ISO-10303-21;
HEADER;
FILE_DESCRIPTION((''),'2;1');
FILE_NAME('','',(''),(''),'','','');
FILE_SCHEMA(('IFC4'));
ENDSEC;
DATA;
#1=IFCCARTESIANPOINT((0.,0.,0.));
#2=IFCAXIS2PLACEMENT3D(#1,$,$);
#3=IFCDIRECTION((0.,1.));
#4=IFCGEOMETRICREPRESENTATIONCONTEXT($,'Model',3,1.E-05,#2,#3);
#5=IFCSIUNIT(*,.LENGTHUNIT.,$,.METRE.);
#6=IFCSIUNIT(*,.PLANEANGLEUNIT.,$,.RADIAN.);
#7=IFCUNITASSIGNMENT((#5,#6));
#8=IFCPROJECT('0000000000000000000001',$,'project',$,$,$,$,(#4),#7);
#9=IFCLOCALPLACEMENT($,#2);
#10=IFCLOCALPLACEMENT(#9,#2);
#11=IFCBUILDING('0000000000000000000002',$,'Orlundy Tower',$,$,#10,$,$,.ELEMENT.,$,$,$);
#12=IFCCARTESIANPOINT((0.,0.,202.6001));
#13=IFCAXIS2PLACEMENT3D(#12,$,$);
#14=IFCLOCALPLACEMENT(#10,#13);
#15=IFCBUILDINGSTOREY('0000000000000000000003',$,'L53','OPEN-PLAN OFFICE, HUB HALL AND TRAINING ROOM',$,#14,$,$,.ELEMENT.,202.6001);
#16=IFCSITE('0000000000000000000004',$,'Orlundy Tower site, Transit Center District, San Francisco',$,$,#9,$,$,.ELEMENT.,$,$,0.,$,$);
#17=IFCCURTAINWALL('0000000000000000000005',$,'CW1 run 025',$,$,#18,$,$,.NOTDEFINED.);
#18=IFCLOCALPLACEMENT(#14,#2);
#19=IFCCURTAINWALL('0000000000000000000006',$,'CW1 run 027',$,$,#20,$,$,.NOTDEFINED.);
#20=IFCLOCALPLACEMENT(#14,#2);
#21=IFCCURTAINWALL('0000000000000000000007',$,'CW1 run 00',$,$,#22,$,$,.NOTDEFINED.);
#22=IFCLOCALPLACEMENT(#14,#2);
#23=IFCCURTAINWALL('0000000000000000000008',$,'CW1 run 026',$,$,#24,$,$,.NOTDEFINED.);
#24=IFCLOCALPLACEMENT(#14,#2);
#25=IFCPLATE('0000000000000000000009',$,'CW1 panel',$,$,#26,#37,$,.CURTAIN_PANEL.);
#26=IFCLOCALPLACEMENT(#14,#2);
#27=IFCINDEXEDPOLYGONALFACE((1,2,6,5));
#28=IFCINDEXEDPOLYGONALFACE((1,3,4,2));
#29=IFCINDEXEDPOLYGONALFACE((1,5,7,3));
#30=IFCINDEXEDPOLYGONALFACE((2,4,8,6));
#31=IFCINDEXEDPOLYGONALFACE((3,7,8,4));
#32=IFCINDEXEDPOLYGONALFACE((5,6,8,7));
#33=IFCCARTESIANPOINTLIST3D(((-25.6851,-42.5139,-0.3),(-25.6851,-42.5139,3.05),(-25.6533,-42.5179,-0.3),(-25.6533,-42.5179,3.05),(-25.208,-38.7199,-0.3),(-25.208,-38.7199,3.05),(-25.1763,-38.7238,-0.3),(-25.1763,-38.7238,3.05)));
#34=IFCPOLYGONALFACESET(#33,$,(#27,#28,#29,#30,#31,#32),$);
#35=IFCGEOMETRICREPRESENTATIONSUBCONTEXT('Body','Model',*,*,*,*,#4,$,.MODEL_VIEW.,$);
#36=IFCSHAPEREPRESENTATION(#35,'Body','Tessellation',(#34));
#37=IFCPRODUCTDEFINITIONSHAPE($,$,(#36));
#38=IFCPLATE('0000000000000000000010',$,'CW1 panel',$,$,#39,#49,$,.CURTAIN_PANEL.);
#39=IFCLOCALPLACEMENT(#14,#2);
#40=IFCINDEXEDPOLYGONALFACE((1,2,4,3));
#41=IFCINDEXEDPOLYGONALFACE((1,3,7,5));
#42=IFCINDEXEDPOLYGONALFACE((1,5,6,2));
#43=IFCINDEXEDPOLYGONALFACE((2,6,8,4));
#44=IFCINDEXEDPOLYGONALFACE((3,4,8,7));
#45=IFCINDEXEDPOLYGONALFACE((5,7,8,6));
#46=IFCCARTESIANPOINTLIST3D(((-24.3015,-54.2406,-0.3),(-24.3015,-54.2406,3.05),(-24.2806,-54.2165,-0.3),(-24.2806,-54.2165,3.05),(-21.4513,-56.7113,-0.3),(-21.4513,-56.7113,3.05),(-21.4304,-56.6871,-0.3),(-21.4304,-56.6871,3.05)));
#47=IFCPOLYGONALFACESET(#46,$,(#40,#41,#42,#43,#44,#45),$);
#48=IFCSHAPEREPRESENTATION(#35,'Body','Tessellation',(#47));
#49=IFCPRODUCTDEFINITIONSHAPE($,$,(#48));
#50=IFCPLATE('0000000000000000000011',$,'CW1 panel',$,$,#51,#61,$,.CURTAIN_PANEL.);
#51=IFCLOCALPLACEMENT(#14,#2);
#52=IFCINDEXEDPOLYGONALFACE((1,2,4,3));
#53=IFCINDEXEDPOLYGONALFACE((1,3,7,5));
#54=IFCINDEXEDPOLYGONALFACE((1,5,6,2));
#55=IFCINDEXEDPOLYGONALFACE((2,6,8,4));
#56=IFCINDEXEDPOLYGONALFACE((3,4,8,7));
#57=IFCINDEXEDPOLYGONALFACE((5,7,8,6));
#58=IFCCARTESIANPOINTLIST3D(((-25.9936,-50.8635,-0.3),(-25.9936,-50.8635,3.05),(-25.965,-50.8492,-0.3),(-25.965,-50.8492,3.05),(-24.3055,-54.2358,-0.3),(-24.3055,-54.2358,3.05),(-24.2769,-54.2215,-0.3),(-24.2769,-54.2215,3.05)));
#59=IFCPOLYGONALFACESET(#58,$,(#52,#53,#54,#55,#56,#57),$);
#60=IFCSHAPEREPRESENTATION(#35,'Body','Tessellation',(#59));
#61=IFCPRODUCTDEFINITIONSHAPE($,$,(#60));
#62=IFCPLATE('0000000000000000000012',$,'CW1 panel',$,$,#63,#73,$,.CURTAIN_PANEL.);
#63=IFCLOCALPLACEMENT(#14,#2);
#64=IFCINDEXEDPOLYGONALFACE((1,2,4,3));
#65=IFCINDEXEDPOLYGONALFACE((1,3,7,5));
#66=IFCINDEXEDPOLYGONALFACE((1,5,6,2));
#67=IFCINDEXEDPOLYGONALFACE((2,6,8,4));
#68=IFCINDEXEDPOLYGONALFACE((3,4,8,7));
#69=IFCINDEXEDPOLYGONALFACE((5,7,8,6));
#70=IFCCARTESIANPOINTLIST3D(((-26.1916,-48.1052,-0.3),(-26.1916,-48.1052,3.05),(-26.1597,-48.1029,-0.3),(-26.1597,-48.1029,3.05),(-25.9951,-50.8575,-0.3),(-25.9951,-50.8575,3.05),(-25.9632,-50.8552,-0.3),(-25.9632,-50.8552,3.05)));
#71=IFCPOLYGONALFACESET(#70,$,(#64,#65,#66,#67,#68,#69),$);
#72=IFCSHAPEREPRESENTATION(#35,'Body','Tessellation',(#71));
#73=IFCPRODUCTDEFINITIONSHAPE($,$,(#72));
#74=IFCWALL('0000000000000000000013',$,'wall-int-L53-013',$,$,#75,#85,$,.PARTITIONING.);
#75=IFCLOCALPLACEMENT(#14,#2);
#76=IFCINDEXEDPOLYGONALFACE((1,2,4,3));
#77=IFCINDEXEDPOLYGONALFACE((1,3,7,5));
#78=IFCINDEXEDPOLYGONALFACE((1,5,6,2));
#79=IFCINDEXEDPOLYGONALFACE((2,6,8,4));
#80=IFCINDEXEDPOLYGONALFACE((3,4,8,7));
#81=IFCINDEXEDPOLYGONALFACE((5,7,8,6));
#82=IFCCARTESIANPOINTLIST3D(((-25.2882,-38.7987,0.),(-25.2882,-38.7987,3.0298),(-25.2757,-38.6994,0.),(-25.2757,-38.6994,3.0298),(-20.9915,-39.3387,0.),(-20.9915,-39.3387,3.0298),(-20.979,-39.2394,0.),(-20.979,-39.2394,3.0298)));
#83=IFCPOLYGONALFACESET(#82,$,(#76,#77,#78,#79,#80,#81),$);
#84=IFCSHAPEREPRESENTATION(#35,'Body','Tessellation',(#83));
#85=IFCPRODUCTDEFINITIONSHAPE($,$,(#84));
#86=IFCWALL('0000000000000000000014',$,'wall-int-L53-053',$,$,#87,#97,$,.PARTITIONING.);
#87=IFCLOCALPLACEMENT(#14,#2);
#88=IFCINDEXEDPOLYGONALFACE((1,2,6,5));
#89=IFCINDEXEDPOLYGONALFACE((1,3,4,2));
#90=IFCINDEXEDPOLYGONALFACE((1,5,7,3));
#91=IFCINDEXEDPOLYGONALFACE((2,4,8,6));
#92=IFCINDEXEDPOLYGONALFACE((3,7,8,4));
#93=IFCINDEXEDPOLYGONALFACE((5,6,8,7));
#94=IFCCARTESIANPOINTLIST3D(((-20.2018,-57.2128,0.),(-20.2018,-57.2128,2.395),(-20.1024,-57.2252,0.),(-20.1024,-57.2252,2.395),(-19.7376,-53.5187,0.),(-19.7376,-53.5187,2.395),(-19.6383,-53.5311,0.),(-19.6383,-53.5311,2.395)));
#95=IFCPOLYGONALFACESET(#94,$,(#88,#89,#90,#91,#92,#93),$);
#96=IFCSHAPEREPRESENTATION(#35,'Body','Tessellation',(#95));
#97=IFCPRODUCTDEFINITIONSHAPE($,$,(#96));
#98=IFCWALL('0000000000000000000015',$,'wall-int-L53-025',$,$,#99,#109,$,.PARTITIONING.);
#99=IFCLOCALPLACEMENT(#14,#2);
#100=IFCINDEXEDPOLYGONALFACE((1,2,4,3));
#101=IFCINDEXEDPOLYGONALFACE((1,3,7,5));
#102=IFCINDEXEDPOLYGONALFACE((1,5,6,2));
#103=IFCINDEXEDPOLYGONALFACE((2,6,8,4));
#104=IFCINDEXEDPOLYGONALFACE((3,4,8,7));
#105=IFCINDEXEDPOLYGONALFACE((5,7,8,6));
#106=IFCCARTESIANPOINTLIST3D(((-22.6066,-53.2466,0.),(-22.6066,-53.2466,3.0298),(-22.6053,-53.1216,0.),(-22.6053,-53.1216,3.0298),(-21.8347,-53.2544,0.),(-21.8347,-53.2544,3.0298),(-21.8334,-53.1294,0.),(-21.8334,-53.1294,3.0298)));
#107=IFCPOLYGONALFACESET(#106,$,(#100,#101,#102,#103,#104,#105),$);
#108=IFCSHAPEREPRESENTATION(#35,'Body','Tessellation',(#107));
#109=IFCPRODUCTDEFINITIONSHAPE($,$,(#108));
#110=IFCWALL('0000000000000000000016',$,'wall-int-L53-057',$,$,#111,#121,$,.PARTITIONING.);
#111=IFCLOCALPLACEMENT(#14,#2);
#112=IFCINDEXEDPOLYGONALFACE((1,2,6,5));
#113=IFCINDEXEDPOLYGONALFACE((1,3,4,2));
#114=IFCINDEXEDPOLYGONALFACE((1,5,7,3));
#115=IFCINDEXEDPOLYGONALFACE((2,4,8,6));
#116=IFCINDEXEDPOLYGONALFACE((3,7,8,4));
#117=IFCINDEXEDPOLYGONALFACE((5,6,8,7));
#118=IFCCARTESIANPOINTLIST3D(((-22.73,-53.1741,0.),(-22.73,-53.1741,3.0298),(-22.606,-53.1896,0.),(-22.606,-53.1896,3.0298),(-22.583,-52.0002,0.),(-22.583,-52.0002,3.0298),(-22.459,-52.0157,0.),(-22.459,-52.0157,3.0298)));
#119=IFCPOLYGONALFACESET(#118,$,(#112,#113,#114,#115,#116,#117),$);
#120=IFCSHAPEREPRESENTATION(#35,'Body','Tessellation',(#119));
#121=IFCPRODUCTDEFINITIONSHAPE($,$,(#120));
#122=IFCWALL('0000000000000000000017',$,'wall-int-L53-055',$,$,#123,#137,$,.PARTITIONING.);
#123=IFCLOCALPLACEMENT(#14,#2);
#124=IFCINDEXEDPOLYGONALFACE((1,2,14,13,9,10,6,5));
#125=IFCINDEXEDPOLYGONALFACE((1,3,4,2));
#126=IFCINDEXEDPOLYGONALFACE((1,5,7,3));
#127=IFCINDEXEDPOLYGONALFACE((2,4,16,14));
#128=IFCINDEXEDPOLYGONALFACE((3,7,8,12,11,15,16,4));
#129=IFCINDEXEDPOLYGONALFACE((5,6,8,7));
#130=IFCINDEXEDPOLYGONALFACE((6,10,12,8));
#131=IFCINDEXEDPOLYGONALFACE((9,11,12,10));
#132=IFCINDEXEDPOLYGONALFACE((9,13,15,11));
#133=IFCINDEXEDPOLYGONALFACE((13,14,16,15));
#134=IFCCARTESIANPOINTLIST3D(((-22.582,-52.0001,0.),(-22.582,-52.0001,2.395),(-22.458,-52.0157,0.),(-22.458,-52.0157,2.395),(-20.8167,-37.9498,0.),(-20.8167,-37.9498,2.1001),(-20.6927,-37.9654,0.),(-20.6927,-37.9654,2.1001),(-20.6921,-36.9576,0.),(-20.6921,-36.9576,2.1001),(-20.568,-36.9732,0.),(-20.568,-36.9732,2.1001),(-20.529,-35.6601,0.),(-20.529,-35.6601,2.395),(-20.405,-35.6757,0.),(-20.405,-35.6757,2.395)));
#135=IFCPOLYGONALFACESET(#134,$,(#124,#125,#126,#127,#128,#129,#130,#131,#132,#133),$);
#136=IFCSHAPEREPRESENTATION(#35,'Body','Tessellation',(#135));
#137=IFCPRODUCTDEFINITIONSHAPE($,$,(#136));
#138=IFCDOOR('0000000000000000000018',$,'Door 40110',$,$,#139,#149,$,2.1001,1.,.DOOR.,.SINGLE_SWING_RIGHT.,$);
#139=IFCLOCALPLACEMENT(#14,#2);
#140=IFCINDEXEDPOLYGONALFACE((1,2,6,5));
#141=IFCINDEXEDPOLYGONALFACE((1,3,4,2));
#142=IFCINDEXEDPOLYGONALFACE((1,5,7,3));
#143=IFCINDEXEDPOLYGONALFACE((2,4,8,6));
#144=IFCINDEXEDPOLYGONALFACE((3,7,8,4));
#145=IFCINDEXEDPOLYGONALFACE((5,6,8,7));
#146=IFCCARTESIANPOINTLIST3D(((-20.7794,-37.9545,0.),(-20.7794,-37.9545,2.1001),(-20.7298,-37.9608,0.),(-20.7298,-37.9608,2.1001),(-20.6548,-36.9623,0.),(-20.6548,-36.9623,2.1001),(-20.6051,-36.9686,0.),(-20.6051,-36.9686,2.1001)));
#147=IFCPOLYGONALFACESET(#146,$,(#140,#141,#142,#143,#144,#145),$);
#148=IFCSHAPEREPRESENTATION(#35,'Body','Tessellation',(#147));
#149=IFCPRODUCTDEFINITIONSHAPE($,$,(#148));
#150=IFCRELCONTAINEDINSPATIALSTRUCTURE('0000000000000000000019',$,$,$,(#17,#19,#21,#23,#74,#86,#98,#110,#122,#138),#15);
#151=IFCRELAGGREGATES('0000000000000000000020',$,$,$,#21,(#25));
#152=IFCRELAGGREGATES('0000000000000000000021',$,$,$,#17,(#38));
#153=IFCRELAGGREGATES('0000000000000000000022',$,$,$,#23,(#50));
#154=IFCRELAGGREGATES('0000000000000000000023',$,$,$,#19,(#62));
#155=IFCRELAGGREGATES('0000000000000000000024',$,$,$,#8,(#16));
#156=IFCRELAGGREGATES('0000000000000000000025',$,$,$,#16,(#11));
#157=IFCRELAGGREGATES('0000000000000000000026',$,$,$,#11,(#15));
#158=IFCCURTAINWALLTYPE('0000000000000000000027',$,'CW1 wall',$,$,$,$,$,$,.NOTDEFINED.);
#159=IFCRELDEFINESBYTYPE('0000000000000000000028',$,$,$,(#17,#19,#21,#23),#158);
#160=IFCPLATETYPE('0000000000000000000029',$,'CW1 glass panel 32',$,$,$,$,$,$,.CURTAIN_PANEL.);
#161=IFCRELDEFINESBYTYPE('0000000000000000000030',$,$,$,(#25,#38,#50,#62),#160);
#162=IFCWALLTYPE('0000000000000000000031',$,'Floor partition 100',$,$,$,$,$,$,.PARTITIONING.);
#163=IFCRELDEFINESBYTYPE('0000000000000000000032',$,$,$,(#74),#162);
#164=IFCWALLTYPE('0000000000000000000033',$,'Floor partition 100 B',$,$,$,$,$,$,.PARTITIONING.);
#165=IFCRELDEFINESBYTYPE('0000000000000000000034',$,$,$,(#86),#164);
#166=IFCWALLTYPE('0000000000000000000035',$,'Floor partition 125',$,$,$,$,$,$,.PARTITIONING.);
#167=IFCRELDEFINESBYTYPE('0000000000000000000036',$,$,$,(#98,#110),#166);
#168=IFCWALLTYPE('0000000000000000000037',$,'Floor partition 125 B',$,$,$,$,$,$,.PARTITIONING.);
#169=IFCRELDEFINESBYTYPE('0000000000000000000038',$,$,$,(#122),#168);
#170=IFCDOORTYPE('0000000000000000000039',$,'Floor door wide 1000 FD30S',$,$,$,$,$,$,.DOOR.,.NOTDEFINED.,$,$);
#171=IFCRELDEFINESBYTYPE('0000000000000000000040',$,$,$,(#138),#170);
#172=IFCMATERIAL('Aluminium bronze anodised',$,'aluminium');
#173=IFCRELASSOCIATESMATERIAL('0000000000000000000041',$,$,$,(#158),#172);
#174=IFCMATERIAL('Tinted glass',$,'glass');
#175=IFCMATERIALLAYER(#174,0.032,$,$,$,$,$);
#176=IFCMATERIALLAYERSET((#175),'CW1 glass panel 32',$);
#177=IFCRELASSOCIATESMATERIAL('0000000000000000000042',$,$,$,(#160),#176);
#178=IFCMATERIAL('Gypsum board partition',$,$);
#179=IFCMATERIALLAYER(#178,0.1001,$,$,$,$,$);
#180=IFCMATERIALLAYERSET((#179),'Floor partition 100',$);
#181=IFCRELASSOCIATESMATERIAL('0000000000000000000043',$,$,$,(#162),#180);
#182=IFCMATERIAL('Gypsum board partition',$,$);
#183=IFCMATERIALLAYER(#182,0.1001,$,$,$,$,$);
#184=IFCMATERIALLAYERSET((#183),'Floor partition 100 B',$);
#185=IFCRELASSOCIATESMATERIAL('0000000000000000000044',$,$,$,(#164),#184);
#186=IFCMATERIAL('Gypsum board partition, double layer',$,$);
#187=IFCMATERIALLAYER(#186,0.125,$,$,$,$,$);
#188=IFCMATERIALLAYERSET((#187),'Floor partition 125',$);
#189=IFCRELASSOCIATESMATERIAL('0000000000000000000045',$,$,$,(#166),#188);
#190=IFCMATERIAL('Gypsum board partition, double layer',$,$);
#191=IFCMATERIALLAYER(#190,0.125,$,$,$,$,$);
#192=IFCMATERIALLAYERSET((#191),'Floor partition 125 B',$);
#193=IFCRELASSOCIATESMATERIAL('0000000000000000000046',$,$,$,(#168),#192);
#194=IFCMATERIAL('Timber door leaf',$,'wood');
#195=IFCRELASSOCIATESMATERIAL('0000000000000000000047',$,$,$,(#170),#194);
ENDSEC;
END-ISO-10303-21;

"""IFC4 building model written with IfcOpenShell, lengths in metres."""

from ifc_helpers import new_model, si_unit, direction, frame, frame_2d, origin, origin_2d, place, context, subcontext, project, spatial, rectangle, extrude, material, layer, layer_set, type_object, element, fill, aggregate, save


model = new_model("IFC4")

# Units and contexts
model_context = context("Model", 3, precision=1e-05, world=origin(), true_north=direction((0.0, 1.0)))
body_context = subcontext(model_context, "Body", "Model", "MODEL_VIEW")
ifc_project = project(units=[si_unit("LENGTHUNIT", "METRE"), si_unit("PLANEANGLEUNIT", "RADIAN")], contexts=[model_context])

# Site, building, storey
site_placement = place(None, origin())
site = spatial("IfcSite", under=ifc_project, at=site_placement, Name="Orlundy Tower site, Transit Center District, San Francisco", CompositionType="ELEMENT", RefElevation=0.0)
building_placement = place(site_placement, origin())
building = spatial("IfcBuilding", under=site, at=building_placement, Name="Orlundy Tower", CompositionType="ELEMENT")
storey_placement = place(building_placement, frame((0.0, 0.0, 202.6001)))
storey = spatial("IfcBuildingStorey", under=building, at=storey_placement, Name="L53", Description="OPEN-PLAN OFFICE, HUB HALL AND TRAINING ROOM", CompositionType="ELEMENT", Elevation=202.6001)

# Curtain walls
ifc_material_1 = material(Name="Aluminium bronze anodised", Category="aluminium")
curtain_wall_type = type_object("IfcCurtainWallType", Name="CW1 wall", PredefinedType="NOTDEFINED", material=ifc_material_1)
curtain_wall_1_placement = place(storey_placement, origin())
curtain_wall_1 = element("IfcCurtainWall", 1, at=curtain_wall_1_placement, inside=storey, type_object=curtain_wall_type, Name="CW1 run 025", PredefinedType="NOTDEFINED")
curtain_wall_2_placement = place(storey_placement, origin())
curtain_wall_2 = element("IfcCurtainWall", 2, at=curtain_wall_2_placement, inside=storey, type_object=curtain_wall_type, Name="CW1 run 027", PredefinedType="NOTDEFINED")

# Curtain wall
curtain_wall_3_placement = place(storey_placement, origin())
curtain_wall_3 = element("IfcCurtainWall", 3, at=curtain_wall_3_placement, inside=storey, type_object=curtain_wall_type, Name="CW1 run 00", PredefinedType="NOTDEFINED")

# Curtain wall
curtain_wall_4_placement = place(storey_placement, origin())
curtain_wall_4 = element("IfcCurtainWall", 4, at=curtain_wall_4_placement, inside=storey, type_object=curtain_wall_type, Name="CW1 run 026", PredefinedType="NOTDEFINED")

# Plates
ifc_material_2 = material(Name="Tinted glass", Category="glass")
ifc_layer_1 = layer(ifc_material_2, 0.032)
ifc_layer_set_1 = layer_set([ifc_layer_1], Name="CW1 glass panel 32")
plate_type = type_object("IfcPlateType", Name="CW1 glass panel 32", PredefinedType="CURTAIN_PANEL", material=ifc_layer_set_1)
plate_1_placement = place(storey_placement, frame((-25.4307, -40.6189, -0.3), z_axis=(0.0, 0.0, 1.0), x_axis=(0.124763, 0.992187, 0.0)))
plate_1 = element("IfcPlate", 5, at=plate_1_placement, type_object=plate_type, Name="CW1 panel", PredefinedType="CURTAIN_PANEL", context=body_context, shape_type="SweptSolid", body=[
    extrude(rectangle(XDim=3.824, YDim=0.032, at=origin_2d()), origin(), (0.0, 0.0, 1.0), 3.3501),
])
aggregate(curtain_wall_3, [plate_1])
plate_2_placement = place(storey_placement, frame((-22.866, -55.4639, -0.3), z_axis=(0.0, 0.0, 1.0), x_axis=(-0.755627, 0.655002, 0.0)))
plate_2 = element("IfcPlate", 6, at=plate_2_placement, type_object=plate_type, Name="CW1 panel", PredefinedType="CURTAIN_PANEL", context=body_context, shape_type="SweptSolid", body=[
    extrude(rectangle(XDim=3.772, YDim=0.032, at=origin_2d()), origin(), (0.0, 0.0, 1.0), 3.3501),
])
aggregate(curtain_wall_1, [plate_2])
plate_3_placement = place(storey_placement, frame((-25.1353, -52.5425, -0.3), z_axis=(0.0, 0.0, 1.0), x_axis=(-0.447645, 0.894211, 0.0)))
plate_3 = element("IfcPlate", 7, at=plate_3_placement, type_object=plate_type, Name="CW1 panel", PredefinedType="CURTAIN_PANEL", context=body_context, shape_type="SweptSolid", body=[
    extrude(rectangle(XDim=3.7712, YDim=0.032, at=origin_2d()), origin(), (0.0, 0.0, 1.0), 3.3501),
])
aggregate(curtain_wall_4, [plate_3])
plate_4_placement = place(storey_placement, frame((-26.0774, -49.4802, -0.3), z_axis=(0.0, 0.0, 1.0), x_axis=(-0.071209, 0.997461, 0.0)))
plate_4 = element("IfcPlate", 8, at=plate_4_placement, type_object=plate_type, Name="CW1 panel", PredefinedType="CURTAIN_PANEL", context=body_context, shape_type="SweptSolid", body=[
    extrude(rectangle(XDim=2.7593, YDim=0.032, at=origin_2d()), origin(), (0.0, 0.0, 1.0), 3.3501),
])
aggregate(curtain_wall_2, [plate_4])

# Walls
ifc_material_3 = material(Name="Gypsum board partition")
ifc_layer_2 = layer(ifc_material_3, 0.1001)
ifc_layer_set_2 = layer_set([ifc_layer_2], Name="Floor partition 100")
wall_type_1 = type_object("IfcWallType", Name="Floor partition 100", PredefinedType="PARTITIONING", material=ifc_layer_set_2)
wall_1_placement = place(storey_placement, frame((-25.282, -38.749, 0.0), z_axis=(0.0, 0.0, 1.0), x_axis=(0.992194, -0.124701, 0.0)))
element("IfcWall", 9, at=wall_1_placement, inside=storey, type_object=wall_type_1, Name="wall-int-L53-013", PredefinedType="PARTITIONING", context=body_context, shape_type="SweptSolid", body=[
    extrude(rectangle(XDim=4.3306, YDim=0.1001, at=frame_2d((2.1653, 0.0))), origin(), (0.0, 0.0, 1.0), 3.0298),
])
ifc_material_4 = material(Name="Gypsum board partition")
ifc_layer_3 = layer(ifc_material_4, 0.1001)
ifc_layer_set_3 = layer_set([ifc_layer_3], Name="Floor partition 100 B")
wall_type_2 = type_object("IfcWallType", Name="Floor partition 100 B", PredefinedType="PARTITIONING", material=ifc_layer_set_3)
wall_2_placement = place(storey_placement, frame((-20.1521, -57.219, 0.0), z_axis=(0.0, 0.0, 1.0), x_axis=(0.124656, 0.9922, 0.0)))
element("IfcWall", 10, at=wall_2_placement, inside=storey, type_object=wall_type_2, Name="wall-int-L53-053", PredefinedType="PARTITIONING", context=body_context, shape_type="SweptSolid", body=[
    extrude(rectangle(XDim=3.7231, YDim=0.1001, at=frame_2d((1.8616, 0.0))), origin(), (0.0, 0.0, 1.0), 2.395),
])
ifc_material_5 = material(Name="Gypsum board partition, double layer")
ifc_layer_4 = layer(ifc_material_5, 0.125)
ifc_layer_set_4 = layer_set([ifc_layer_4], Name="Floor partition 125")
wall_type_3 = type_object("IfcWallType", Name="Floor partition 125", PredefinedType="PARTITIONING", material=ifc_layer_set_4)
wall_3_placement = place(storey_placement, frame((-22.606, -53.1841, 0.0), z_axis=(0.0, 0.0, 1.0), x_axis=(0.999949, -0.01012, 0.0)))
element("IfcWall", 11, at=wall_3_placement, inside=storey, type_object=wall_type_3, Name="wall-int-L53-025", PredefinedType="PARTITIONING", context=body_context, shape_type="SweptSolid", body=[
    extrude(rectangle(XDim=0.772, YDim=0.125, at=frame_2d((0.386, 0.0))), origin(), (0.0, 0.0, 1.0), 3.0298),
])
wall_4_placement = place(storey_placement, frame((-22.668, -53.1819, 0.0), z_axis=(0.0, 0.0, 1.0), x_axis=(0.124238, 0.992252, 0.0)))
element("IfcWall", 12, at=wall_4_placement, inside=storey, type_object=wall_type_3, Name="wall-int-L53-057", PredefinedType="PARTITIONING", context=body_context, shape_type="SweptSolid", body=[
    extrude(rectangle(XDim=1.1831, YDim=0.125, at=frame_2d((0.5916, 0.0))), origin(), (0.0, 0.0, 1.0), 3.0298),
])

# Wall, opening, door
ifc_material_6 = material(Name="Gypsum board partition, double layer")
ifc_layer_5 = layer(ifc_material_6, 0.125)
ifc_layer_set_5 = layer_set([ifc_layer_5], Name="Floor partition 125 B")
wall_type_4 = type_object("IfcWallType", Name="Floor partition 125 B", PredefinedType="PARTITIONING", material=ifc_layer_set_5)
wall_5_placement = place(storey_placement, frame((-22.52, -52.0081, 0.0), z_axis=(0.0, 0.0, 1.0), x_axis=(0.124661, 0.992199, 0.0)))
wall_5 = element("IfcWall", 13, at=wall_5_placement, inside=storey, type_object=wall_type_4, Name="wall-int-L53-055", PredefinedType="PARTITIONING", context=body_context, shape_type="SweptSolid", body=[
    extrude(rectangle(XDim=16.4685, YDim=0.125, at=frame_2d((8.2344, 0.0))), origin(), (0.0, 0.0, 1.0), 2.395),
])
opening_placement = place(wall_5_placement, frame((14.1609, 0.0, 0.0)))
opening = element("IfcOpeningElement", 14, at=opening_placement, cuts=wall_5, PredefinedType="OPENING", context=body_context, shape_type="SweptSolid", body=[
    extrude(rectangle(XDim=1.0, YDim=2.1001, at=frame_2d((0.5, 1.05))), frame((0.0, 0.0725, 0.0), z_axis=(0.0, -1.0, 0.0), x_axis=(1.0, 0.0, 0.0)), (0.0, 0.0, 1.0), 0.145),
])
ifc_material_7 = material(Name="Timber door leaf", Category="wood")
door_type = type_object("IfcDoorType", Name="Floor door wide 1000 FD30S", OperationType="NOTDEFINED", PredefinedType="DOOR", material=ifc_material_7)
door_placement = place(opening_placement, origin())
door = element("IfcDoor", 15, at=door_placement, inside=storey, type_object=door_type, Name="Door 40110", OperationType="SINGLE_SWING_RIGHT", OverallHeight=2.1001, OverallWidth=1.0, PredefinedType="DOOR", context=body_context, shape_type="SweptSolid", body=[
    extrude(rectangle(XDim=1.0, YDim=2.1001, at=frame_2d((0.5, 1.05))), frame((0.0, 0.0249, 0.0), z_axis=(0.0, -1.0, 0.0), x_axis=(1.0, 0.0, 0.0)), (0.0, 0.0, 1.0), 0.05),
])
fill(opening, door)

save(model, "model.ifc")
